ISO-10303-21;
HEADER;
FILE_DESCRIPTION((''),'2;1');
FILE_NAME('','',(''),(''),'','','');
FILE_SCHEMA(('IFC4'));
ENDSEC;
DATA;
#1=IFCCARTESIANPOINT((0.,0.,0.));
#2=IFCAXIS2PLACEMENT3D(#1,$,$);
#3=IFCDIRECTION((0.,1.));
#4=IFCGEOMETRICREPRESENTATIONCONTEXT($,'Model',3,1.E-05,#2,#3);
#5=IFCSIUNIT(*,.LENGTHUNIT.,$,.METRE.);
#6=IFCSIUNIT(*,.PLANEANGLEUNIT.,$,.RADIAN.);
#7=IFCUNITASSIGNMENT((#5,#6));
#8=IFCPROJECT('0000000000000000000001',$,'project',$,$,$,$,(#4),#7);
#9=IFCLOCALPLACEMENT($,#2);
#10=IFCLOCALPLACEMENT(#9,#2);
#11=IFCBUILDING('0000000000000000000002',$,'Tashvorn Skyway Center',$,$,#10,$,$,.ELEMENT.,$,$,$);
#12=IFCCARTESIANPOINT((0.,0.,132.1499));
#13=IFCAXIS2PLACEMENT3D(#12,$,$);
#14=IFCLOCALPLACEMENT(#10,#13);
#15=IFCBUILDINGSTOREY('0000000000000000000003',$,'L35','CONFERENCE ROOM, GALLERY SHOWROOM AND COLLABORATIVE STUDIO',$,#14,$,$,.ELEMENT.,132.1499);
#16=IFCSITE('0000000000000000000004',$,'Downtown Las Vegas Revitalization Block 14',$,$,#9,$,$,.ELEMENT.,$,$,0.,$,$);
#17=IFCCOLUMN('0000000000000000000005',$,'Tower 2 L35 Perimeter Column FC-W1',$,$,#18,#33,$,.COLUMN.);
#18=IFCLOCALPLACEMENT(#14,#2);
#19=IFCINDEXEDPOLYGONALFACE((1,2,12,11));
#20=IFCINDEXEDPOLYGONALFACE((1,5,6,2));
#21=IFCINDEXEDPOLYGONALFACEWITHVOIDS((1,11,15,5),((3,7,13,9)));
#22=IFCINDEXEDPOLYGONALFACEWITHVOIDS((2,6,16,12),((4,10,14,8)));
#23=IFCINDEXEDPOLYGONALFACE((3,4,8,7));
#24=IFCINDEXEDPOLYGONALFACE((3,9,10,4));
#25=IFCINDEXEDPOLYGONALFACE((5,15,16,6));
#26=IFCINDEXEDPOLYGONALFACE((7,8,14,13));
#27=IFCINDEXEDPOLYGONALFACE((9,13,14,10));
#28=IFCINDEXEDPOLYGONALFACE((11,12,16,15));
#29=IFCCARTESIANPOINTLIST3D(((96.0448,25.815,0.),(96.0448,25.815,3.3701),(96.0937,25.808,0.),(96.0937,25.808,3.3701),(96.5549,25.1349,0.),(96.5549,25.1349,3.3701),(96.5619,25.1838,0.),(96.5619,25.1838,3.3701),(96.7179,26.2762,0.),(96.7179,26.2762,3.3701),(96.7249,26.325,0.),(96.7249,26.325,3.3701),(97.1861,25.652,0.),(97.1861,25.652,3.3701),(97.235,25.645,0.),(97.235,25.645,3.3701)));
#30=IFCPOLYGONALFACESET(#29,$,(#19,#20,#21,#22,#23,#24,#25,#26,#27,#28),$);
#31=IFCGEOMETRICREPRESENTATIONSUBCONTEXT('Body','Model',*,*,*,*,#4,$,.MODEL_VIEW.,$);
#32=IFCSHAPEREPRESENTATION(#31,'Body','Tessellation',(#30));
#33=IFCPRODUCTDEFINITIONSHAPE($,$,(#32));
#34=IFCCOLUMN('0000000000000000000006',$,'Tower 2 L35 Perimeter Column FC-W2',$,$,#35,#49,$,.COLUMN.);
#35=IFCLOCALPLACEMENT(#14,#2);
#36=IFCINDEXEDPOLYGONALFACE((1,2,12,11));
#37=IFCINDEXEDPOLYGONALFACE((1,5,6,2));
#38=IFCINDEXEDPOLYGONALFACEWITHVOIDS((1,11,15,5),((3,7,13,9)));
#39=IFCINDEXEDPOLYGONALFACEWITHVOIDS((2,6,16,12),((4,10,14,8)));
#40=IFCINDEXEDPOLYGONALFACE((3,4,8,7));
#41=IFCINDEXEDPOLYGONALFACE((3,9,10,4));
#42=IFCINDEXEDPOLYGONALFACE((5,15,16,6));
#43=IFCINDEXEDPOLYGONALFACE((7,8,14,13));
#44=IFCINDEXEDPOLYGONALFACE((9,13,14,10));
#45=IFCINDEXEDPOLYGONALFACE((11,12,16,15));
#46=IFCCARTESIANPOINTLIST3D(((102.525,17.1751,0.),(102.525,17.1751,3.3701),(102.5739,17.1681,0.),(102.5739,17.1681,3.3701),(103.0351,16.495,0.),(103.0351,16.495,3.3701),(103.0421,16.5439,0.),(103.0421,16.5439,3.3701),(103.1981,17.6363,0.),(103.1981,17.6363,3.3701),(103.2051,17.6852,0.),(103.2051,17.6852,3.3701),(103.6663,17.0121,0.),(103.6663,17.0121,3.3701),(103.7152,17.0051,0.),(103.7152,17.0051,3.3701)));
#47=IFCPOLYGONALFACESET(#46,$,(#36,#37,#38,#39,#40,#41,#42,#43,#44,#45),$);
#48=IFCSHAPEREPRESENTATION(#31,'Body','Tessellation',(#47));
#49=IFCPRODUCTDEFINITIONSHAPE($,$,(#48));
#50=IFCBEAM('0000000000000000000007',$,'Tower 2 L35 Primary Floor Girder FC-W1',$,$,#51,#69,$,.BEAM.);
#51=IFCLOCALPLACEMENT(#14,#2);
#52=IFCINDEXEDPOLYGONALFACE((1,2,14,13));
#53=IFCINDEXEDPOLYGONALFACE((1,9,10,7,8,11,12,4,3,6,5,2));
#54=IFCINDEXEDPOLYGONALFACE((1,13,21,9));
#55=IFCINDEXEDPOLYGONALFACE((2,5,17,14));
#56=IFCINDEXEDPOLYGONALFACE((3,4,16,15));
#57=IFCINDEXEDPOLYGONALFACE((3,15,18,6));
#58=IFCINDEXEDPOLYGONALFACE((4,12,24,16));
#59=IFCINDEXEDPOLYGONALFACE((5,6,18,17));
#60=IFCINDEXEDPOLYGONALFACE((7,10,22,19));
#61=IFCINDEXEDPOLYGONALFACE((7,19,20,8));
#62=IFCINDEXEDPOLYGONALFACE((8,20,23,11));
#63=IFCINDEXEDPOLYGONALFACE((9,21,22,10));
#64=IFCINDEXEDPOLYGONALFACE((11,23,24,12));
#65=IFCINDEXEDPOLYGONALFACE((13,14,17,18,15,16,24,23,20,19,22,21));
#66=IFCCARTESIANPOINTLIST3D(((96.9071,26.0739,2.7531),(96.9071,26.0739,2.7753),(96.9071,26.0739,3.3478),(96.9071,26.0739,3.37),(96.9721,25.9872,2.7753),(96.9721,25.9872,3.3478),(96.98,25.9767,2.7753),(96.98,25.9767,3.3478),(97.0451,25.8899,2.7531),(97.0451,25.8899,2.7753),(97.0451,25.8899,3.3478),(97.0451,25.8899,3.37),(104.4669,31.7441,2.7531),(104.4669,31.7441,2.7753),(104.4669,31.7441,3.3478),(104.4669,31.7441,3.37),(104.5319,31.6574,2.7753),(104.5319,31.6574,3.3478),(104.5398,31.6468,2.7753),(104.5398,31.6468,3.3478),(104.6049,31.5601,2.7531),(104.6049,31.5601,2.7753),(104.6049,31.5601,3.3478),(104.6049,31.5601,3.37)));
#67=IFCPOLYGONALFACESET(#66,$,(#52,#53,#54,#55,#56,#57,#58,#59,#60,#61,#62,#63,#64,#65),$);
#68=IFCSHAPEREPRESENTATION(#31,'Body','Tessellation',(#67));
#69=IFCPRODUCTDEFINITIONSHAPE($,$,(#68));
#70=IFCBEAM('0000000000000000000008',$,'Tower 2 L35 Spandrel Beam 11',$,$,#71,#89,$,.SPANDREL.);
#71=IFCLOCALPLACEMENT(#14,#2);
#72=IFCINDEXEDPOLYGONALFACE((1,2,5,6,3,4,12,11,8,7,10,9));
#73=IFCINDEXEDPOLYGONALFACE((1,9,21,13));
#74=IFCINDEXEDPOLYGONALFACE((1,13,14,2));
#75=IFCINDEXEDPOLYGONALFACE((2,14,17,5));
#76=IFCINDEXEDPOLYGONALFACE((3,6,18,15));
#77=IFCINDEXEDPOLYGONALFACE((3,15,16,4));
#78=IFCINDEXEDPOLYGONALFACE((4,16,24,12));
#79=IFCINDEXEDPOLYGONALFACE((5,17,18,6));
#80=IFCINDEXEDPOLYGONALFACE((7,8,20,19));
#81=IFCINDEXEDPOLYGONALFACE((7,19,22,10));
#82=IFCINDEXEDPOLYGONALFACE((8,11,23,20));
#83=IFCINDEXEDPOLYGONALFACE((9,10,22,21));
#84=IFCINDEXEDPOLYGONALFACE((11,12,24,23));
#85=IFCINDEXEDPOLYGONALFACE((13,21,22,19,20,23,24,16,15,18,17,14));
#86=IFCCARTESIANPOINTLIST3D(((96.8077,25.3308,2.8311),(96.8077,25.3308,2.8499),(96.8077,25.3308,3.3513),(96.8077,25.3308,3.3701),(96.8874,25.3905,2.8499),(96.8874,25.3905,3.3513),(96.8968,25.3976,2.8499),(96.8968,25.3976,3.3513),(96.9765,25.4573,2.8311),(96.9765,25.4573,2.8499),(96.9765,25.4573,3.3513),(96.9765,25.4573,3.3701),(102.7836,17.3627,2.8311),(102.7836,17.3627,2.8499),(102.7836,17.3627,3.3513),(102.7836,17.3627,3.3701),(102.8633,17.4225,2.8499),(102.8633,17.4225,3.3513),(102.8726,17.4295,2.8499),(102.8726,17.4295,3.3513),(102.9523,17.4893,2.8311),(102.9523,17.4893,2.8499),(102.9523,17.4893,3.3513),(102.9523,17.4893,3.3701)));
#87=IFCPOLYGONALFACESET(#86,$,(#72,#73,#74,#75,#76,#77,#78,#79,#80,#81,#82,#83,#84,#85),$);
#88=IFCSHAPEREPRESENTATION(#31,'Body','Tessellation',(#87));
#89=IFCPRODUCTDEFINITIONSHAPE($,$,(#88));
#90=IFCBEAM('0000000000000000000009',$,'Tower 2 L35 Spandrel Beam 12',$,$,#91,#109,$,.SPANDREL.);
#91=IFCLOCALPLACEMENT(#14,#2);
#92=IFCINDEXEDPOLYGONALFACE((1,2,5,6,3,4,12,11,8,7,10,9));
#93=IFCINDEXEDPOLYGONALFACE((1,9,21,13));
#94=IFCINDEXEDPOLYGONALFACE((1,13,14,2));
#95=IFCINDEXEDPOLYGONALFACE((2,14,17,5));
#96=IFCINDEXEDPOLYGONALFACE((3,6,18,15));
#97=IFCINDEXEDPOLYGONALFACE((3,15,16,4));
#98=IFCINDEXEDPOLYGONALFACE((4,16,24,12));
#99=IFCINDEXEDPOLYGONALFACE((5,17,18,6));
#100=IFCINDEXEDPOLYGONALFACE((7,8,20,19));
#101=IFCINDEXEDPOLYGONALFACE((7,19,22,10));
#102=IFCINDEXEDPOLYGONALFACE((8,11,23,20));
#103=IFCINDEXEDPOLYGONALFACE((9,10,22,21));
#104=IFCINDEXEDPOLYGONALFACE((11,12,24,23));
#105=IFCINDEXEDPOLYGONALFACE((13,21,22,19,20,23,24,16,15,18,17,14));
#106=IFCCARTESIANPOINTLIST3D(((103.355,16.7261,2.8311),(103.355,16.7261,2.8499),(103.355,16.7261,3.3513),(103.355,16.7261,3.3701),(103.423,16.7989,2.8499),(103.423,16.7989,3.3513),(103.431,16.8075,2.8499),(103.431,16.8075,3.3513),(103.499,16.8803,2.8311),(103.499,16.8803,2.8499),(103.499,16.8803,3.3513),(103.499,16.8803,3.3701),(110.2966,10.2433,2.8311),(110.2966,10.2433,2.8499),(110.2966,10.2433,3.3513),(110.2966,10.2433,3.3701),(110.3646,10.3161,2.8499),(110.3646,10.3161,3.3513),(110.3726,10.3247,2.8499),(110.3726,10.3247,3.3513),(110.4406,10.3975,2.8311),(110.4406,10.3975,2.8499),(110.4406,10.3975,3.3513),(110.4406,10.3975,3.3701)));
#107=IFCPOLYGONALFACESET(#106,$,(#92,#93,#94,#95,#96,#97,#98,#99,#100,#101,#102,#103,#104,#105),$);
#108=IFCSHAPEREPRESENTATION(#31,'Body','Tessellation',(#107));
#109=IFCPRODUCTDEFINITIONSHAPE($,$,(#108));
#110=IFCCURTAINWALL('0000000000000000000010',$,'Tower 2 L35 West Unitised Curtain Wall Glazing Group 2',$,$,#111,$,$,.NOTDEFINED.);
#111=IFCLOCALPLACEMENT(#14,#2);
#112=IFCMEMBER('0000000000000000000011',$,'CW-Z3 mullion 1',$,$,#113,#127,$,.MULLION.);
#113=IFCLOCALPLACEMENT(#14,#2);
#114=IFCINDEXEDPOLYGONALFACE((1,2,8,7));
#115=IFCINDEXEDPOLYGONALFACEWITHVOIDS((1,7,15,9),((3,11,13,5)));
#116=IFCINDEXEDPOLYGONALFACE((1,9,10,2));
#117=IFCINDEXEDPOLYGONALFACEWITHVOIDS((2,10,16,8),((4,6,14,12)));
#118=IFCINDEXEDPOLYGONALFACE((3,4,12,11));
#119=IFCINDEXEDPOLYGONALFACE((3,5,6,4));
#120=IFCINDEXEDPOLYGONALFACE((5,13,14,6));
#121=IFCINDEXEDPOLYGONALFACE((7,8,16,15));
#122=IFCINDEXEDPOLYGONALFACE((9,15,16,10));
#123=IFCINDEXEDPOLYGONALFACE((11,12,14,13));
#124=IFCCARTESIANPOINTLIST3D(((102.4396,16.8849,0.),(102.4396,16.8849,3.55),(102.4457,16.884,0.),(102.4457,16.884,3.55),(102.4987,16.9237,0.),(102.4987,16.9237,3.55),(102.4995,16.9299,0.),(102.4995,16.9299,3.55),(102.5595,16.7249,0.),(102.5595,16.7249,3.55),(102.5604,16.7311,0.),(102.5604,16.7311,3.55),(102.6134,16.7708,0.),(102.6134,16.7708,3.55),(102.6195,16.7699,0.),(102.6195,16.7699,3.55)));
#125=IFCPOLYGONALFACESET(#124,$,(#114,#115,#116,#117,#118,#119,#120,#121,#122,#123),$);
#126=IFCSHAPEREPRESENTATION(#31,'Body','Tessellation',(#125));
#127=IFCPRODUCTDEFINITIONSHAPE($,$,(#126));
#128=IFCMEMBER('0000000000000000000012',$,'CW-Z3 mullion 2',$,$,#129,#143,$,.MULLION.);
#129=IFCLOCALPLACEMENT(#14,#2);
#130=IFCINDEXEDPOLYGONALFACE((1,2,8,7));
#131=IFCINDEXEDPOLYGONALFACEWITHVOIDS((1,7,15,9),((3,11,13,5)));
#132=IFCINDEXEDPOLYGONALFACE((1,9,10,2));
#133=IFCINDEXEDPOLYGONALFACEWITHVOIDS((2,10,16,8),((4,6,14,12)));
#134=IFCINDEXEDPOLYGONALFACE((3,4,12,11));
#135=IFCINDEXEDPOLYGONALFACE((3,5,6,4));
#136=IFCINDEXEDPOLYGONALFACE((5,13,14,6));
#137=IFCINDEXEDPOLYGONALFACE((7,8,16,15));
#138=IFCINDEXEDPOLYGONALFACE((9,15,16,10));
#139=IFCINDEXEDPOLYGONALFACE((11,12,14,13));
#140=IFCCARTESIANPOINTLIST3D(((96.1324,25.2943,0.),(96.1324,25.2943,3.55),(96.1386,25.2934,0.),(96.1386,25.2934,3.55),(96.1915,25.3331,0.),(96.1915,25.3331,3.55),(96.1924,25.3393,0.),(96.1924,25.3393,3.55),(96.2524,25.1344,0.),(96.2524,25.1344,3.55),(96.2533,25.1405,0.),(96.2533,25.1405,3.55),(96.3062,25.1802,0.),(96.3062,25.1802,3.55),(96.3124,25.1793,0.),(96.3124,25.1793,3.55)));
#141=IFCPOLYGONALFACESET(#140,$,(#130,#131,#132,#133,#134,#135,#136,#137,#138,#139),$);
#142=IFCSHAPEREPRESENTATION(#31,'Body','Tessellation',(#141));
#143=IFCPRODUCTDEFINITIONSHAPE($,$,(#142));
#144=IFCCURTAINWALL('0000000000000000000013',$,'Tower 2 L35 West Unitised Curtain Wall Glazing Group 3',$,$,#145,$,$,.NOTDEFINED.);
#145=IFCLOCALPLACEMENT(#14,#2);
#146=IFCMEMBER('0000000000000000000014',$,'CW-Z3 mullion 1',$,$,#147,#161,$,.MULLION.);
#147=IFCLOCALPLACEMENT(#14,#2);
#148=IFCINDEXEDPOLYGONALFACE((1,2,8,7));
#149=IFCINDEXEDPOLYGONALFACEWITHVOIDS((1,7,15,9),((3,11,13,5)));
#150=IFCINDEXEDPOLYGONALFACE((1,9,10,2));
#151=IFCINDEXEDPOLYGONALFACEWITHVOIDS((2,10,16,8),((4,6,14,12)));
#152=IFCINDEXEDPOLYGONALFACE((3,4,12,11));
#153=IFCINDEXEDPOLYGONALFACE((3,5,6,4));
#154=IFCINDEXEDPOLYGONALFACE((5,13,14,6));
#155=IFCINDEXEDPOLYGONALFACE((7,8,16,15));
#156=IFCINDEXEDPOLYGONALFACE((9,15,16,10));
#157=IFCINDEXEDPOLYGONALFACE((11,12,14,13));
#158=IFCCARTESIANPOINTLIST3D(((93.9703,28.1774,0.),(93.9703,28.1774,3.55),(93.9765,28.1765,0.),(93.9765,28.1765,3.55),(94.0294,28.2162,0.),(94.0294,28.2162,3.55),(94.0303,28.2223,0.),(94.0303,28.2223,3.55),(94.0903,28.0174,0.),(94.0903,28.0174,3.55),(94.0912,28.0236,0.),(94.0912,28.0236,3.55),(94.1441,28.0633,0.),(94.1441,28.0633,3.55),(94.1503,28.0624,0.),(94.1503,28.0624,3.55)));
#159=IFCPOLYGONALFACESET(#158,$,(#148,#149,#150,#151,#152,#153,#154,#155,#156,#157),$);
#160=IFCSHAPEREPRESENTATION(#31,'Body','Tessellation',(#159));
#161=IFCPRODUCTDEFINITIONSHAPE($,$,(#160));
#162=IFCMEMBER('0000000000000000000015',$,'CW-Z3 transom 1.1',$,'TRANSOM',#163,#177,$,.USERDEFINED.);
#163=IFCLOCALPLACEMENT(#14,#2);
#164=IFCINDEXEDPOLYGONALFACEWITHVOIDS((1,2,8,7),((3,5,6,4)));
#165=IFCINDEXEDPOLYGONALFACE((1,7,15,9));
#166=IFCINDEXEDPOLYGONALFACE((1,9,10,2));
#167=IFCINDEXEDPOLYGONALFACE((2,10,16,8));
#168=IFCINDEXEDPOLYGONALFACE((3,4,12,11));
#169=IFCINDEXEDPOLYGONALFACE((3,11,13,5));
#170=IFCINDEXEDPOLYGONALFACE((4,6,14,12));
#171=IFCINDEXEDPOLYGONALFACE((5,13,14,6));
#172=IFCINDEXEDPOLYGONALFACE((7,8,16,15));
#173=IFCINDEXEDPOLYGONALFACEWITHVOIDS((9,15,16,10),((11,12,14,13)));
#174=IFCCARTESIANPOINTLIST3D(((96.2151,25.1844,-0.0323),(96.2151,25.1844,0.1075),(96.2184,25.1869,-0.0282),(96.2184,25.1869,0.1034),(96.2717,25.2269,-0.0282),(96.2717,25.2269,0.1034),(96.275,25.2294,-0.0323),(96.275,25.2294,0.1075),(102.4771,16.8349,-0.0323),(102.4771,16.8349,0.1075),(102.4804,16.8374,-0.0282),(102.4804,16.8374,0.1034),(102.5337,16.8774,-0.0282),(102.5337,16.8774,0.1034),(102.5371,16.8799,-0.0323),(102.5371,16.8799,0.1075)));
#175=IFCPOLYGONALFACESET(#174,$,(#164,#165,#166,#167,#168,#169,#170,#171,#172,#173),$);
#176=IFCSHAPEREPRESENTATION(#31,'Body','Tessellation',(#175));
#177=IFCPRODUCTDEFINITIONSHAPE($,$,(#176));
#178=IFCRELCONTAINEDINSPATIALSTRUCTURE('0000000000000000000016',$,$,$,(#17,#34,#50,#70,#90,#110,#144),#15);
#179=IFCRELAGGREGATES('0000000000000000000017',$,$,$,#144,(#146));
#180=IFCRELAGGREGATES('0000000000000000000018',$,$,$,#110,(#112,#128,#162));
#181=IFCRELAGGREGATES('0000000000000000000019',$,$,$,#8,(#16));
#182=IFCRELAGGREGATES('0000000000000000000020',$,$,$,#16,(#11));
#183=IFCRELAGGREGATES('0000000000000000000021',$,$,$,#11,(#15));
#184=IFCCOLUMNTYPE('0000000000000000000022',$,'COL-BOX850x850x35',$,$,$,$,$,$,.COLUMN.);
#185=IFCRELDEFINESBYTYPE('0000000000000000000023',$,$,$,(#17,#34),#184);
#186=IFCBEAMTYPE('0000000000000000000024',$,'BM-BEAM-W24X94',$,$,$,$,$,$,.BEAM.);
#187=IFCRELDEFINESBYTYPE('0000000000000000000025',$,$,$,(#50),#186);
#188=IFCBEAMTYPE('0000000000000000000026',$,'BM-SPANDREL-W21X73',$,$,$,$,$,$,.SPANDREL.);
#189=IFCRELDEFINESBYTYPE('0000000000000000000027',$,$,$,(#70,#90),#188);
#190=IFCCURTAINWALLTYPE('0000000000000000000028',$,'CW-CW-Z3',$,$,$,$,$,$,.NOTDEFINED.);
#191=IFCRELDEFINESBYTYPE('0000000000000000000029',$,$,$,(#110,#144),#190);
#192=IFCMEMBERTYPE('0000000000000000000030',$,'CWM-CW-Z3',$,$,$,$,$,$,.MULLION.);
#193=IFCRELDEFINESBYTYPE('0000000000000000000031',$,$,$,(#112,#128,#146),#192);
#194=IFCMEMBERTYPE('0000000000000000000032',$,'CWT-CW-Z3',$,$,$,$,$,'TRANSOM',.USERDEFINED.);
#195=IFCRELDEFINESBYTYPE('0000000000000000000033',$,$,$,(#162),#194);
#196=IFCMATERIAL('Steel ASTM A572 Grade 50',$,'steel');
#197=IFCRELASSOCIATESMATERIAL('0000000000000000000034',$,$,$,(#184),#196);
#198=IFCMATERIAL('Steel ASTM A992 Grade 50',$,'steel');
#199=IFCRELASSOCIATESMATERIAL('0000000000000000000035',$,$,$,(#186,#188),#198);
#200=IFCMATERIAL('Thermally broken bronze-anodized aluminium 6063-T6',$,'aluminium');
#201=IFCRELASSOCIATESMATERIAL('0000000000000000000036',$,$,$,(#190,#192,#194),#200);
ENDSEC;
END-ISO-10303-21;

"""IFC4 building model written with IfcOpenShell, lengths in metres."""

from ifc_helpers import new_model, si_unit, direction, frame, origin, origin_2d, place, context, subcontext, project, spatial, hollow_rectangle, i_section, extrude, material, material_profile, profile_set, type_object, element, aggregate, save


model = new_model("IFC4")

# Units and contexts
model_context = context("Model", 3, precision=1e-05, world=origin(), true_north=direction((0.0, 1.0)))
body_context = subcontext(model_context, "Body", "Model", "MODEL_VIEW")
ifc_project = project(units=[si_unit("LENGTHUNIT", "METRE"), si_unit("PLANEANGLEUNIT", "RADIAN")], contexts=[model_context])

# Site, building, storey
site_placement = place(None, origin())
site = spatial("IfcSite", under=ifc_project, at=site_placement, Name="Downtown Las Vegas Revitalization Block 14", CompositionType="ELEMENT", RefElevation=0.0)
building_placement = place(site_placement, origin())
building = spatial("IfcBuilding", under=site, at=building_placement, Name="Tashvorn Skyway Center", CompositionType="ELEMENT")
storey_placement = place(building_placement, frame((0.0, 0.0, 132.1499)))
storey = spatial("IfcBuildingStorey", under=building, at=storey_placement, Name="L35", Description="CONFERENCE ROOM, GALLERY SHOWROOM AND COLLABORATIVE STUDIO", CompositionType="ELEMENT", Elevation=132.1499)

# Columns
ifc_material_1 = material(Name="Steel ASTM A572 Grade 50", Category="steel")
ifc_material_profile_1 = material_profile(ifc_material_1, hollow_rectangle(XDim=0.8501, YDim=0.8501, WallThickness=0.0349, at=origin_2d()), Name="BOX850x850x35")
ifc_profile_set_1 = profile_set([ifc_material_profile_1], Name="Steel ASTM A572 Grade 50")
column_type = type_object("IfcColumnType", Name="COL-BOX850x850x35", PredefinedType="COLUMN", material=ifc_profile_set_1)
for number, where, z_axis, x_axis, name in (
    (1, (96.6399, 25.73, 0.0), (0.0, 0.0, 1.0), (0.8, 0.6, 0.0), "Tower 2 L35 Perimeter Column FC-W1"),
    (2, (103.1201, 17.0901, 0.0), (0.0, 0.0, 1.0), (0.8, 0.6, 0.0), "Tower 2 L35 Perimeter Column FC-W2"),
):
    element("IfcColumn", number, at=place(storey_placement, frame(where, z_axis=z_axis, x_axis=x_axis)), inside=storey, type_object=column_type, Name=name, PredefinedType="COLUMN", context=body_context, shape_type="SweptSolid", body=[
        extrude(hollow_rectangle(XDim=0.8501, YDim=0.8501, WallThickness=0.0349, at=origin_2d()), origin(), (0.0, 0.0, 1.0), 3.3701),
    ])

# Beams
ifc_material_2 = material(Name="Steel ASTM A992 Grade 50", Category="steel")
ifc_material_profile_2 = material_profile(ifc_material_2, i_section(OverallWidth=0.23, OverallDepth=0.6169, WebThickness=0.0132, FlangeThickness=0.0222, at=origin_2d()), Name="W24X94")
ifc_profile_set_2 = profile_set([ifc_material_profile_2], Name="Steel ASTM A992 Grade 50")
beam_type_1 = type_object("IfcBeamType", Name="BM-BEAM-W24X94", PredefinedType="BEAM", material=ifc_profile_set_2)
beam_1_placement = place(storey_placement, frame((96.9761, 25.9819, 3.0615), z_axis=(0.799984, 0.600021, 0.0), x_axis=(-0.600021, 0.799984, 0.0)))
element("IfcBeam", 3, at=beam_1_placement, inside=storey, type_object=beam_type_1, Name="Tower 2 L35 Primary Floor Girder FC-W1", PredefinedType="BEAM", context=body_context, shape_type="SweptSolid", body=[
    extrude(i_section(OverallWidth=0.23, OverallDepth=0.6169, WebThickness=0.0132, FlangeThickness=0.0222, at=origin_2d()), origin(), (0.0, 0.0, 1.0), 9.45),
])
ifc_material_profile_3 = material_profile(ifc_material_2, i_section(OverallWidth=0.2109, OverallDepth=0.5391, WebThickness=0.0117, FlangeThickness=0.0188, at=origin_2d()), Name="W21X73")
ifc_profile_set_3 = profile_set([ifc_material_profile_3], Name="Steel ASTM A992 Grade 50")
beam_type_2 = type_object("IfcBeamType", Name="BM-SPANDREL-W21X73", PredefinedType="SPANDREL", material=ifc_profile_set_3)
beam_2_placement = place(storey_placement, frame((96.8921, 25.394, 3.1006), z_axis=(0.599988, -0.800009, 0.0), x_axis=(0.800009, 0.599988, 0.0)))
element("IfcBeam", 4, at=beam_2_placement, inside=storey, type_object=beam_type_2, Name="Tower 2 L35 Spandrel Beam 11", PredefinedType="SPANDREL", context=body_context, shape_type="SweptSolid", body=[
    extrude(i_section(OverallWidth=0.2109, OverallDepth=0.5391, WebThickness=0.0117, FlangeThickness=0.0188, at=origin_2d()), origin(), (0.0, 0.0, 1.0), 9.96),
])
beam_3_placement = place(storey_placement, frame((103.427, 16.8032, 3.1006), z_axis=(0.730843, -0.682545, 0.0), x_axis=(0.682545, 0.730843, 0.0)))
element("IfcBeam", 5, at=beam_3_placement, inside=storey, type_object=beam_type_2, Name="Tower 2 L35 Spandrel Beam 12", PredefinedType="SPANDREL", context=body_context, shape_type="SweptSolid", body=[
    extrude(i_section(OverallWidth=0.2109, OverallDepth=0.5391, WebThickness=0.0117, FlangeThickness=0.0188, at=origin_2d()), origin(), (0.0, 0.0, 1.0), 9.498),
])

# Curtain wall, members
ifc_material_3 = material(Name="Thermally broken bronze-anodized aluminium 6063-T6", Category="aluminium")
curtain_wall_type = type_object("IfcCurtainWallType", Name="CW-CW-Z3", PredefinedType="NOTDEFINED", material=ifc_material_3)
curtain_wall_1_placement = place(storey_placement, origin())
curtain_wall_1 = element("IfcCurtainWall", 6, at=curtain_wall_1_placement, inside=storey, type_object=curtain_wall_type, Name="Tower 2 L35 West Unitised Curtain Wall Glazing Group 2", PredefinedType="NOTDEFINED")
ifc_material_profile_4 = material_profile(ifc_material_3, hollow_rectangle(XDim=0.075, YDim=0.2, WallThickness=0.0044, at=origin_2d()), Name="ALU-MULL-75x200")
ifc_profile_set_4 = profile_set([ifc_material_profile_4], Name="Thermally broken bronze-anodized aluminium 6063-T6")
member_type_1 = type_object("IfcMemberType", Name="CWM-CW-Z3", PredefinedType="MULLION", material=ifc_profile_set_4)
member_1_placement = place(storey_placement, frame((102.5295, 16.8274, 0.0), z_axis=(0.0, 0.0, 1.0), x_axis=(-0.800002, -0.599997, 0.0)))
member_1 = element("IfcMember", 7, at=member_1_placement, type_object=member_type_1, Name="CW-Z3 mullion 1", PredefinedType="MULLION", context=body_context, shape_type="SweptSolid", body=[
    extrude(hollow_rectangle(XDim=0.075, YDim=0.2, WallThickness=0.0044, at=origin_2d()), origin(), (0.0, 0.0, 1.0), 3.55),
])
member_2_placement = place(storey_placement, frame((96.2224, 25.2368, 0.0), z_axis=(0.0, 0.0, 1.0), x_axis=(-0.800002, -0.599997, 0.0)))
member_2 = element("IfcMember", 8, at=member_2_placement, type_object=member_type_1, Name="CW-Z3 mullion 2", PredefinedType="MULLION", context=body_context, shape_type="SweptSolid", body=[
    extrude(hollow_rectangle(XDim=0.075, YDim=0.2, WallThickness=0.0044, at=origin_2d()), origin(), (0.0, 0.0, 1.0), 3.55),
])

# Curtain wall, member
curtain_wall_2_placement = place(storey_placement, origin())
curtain_wall_2 = element("IfcCurtainWall", 9, at=curtain_wall_2_placement, inside=storey, type_object=curtain_wall_type, Name="Tower 2 L35 West Unitised Curtain Wall Glazing Group 3", PredefinedType="NOTDEFINED")
member_3_placement = place(storey_placement, frame((94.0603, 28.1199, 0.0), z_axis=(0.0, 0.0, 1.0), x_axis=(-0.799997, -0.600005, 0.0)))
member_3 = element("IfcMember", 10, at=member_3_placement, type_object=member_type_1, Name="CW-Z3 mullion 1", PredefinedType="MULLION", context=body_context, shape_type="SweptSolid", body=[
    extrude(hollow_rectangle(XDim=0.075, YDim=0.2, WallThickness=0.0044, at=origin_2d()), origin(), (0.0, 0.0, 1.0), 3.55),
])

# Member
ifc_material_profile_5 = material_profile(ifc_material_3, hollow_rectangle(XDim=0.075, YDim=0.1399, WallThickness=0.0042, at=origin_2d()), Name="ALU-TRAN-75x140")
ifc_profile_set_5 = profile_set([ifc_material_profile_5], Name="Thermally broken bronze-anodized aluminium 6063-T6")
member_type_2 = type_object("IfcMemberType", Name="CWT-CW-Z3", ElementType="TRANSOM", PredefinedType="USERDEFINED", material=ifc_profile_set_5)
member_4_placement = place(storey_placement, frame((102.5071, 16.8574, 0.0376), z_axis=(-0.599996, 0.800003, 0.0), x_axis=(-0.800003, -0.599996, 0.0)))
member_4 = element("IfcMember", 11, at=member_4_placement, type_object=member_type_2, Name="CW-Z3 transom 1.1", ObjectType="TRANSOM", PredefinedType="USERDEFINED", context=body_context, shape_type="SweptSolid", body=[
    extrude(hollow_rectangle(XDim=0.075, YDim=0.1399, WallThickness=0.0042, at=origin_2d()), origin(), (0.0, 0.0, 1.0), 10.4368),
])
aggregate(curtain_wall_2, [member_3])

aggregate(curtain_wall_1, [member_1, member_2, member_4])

save(model, "model.ifc")
